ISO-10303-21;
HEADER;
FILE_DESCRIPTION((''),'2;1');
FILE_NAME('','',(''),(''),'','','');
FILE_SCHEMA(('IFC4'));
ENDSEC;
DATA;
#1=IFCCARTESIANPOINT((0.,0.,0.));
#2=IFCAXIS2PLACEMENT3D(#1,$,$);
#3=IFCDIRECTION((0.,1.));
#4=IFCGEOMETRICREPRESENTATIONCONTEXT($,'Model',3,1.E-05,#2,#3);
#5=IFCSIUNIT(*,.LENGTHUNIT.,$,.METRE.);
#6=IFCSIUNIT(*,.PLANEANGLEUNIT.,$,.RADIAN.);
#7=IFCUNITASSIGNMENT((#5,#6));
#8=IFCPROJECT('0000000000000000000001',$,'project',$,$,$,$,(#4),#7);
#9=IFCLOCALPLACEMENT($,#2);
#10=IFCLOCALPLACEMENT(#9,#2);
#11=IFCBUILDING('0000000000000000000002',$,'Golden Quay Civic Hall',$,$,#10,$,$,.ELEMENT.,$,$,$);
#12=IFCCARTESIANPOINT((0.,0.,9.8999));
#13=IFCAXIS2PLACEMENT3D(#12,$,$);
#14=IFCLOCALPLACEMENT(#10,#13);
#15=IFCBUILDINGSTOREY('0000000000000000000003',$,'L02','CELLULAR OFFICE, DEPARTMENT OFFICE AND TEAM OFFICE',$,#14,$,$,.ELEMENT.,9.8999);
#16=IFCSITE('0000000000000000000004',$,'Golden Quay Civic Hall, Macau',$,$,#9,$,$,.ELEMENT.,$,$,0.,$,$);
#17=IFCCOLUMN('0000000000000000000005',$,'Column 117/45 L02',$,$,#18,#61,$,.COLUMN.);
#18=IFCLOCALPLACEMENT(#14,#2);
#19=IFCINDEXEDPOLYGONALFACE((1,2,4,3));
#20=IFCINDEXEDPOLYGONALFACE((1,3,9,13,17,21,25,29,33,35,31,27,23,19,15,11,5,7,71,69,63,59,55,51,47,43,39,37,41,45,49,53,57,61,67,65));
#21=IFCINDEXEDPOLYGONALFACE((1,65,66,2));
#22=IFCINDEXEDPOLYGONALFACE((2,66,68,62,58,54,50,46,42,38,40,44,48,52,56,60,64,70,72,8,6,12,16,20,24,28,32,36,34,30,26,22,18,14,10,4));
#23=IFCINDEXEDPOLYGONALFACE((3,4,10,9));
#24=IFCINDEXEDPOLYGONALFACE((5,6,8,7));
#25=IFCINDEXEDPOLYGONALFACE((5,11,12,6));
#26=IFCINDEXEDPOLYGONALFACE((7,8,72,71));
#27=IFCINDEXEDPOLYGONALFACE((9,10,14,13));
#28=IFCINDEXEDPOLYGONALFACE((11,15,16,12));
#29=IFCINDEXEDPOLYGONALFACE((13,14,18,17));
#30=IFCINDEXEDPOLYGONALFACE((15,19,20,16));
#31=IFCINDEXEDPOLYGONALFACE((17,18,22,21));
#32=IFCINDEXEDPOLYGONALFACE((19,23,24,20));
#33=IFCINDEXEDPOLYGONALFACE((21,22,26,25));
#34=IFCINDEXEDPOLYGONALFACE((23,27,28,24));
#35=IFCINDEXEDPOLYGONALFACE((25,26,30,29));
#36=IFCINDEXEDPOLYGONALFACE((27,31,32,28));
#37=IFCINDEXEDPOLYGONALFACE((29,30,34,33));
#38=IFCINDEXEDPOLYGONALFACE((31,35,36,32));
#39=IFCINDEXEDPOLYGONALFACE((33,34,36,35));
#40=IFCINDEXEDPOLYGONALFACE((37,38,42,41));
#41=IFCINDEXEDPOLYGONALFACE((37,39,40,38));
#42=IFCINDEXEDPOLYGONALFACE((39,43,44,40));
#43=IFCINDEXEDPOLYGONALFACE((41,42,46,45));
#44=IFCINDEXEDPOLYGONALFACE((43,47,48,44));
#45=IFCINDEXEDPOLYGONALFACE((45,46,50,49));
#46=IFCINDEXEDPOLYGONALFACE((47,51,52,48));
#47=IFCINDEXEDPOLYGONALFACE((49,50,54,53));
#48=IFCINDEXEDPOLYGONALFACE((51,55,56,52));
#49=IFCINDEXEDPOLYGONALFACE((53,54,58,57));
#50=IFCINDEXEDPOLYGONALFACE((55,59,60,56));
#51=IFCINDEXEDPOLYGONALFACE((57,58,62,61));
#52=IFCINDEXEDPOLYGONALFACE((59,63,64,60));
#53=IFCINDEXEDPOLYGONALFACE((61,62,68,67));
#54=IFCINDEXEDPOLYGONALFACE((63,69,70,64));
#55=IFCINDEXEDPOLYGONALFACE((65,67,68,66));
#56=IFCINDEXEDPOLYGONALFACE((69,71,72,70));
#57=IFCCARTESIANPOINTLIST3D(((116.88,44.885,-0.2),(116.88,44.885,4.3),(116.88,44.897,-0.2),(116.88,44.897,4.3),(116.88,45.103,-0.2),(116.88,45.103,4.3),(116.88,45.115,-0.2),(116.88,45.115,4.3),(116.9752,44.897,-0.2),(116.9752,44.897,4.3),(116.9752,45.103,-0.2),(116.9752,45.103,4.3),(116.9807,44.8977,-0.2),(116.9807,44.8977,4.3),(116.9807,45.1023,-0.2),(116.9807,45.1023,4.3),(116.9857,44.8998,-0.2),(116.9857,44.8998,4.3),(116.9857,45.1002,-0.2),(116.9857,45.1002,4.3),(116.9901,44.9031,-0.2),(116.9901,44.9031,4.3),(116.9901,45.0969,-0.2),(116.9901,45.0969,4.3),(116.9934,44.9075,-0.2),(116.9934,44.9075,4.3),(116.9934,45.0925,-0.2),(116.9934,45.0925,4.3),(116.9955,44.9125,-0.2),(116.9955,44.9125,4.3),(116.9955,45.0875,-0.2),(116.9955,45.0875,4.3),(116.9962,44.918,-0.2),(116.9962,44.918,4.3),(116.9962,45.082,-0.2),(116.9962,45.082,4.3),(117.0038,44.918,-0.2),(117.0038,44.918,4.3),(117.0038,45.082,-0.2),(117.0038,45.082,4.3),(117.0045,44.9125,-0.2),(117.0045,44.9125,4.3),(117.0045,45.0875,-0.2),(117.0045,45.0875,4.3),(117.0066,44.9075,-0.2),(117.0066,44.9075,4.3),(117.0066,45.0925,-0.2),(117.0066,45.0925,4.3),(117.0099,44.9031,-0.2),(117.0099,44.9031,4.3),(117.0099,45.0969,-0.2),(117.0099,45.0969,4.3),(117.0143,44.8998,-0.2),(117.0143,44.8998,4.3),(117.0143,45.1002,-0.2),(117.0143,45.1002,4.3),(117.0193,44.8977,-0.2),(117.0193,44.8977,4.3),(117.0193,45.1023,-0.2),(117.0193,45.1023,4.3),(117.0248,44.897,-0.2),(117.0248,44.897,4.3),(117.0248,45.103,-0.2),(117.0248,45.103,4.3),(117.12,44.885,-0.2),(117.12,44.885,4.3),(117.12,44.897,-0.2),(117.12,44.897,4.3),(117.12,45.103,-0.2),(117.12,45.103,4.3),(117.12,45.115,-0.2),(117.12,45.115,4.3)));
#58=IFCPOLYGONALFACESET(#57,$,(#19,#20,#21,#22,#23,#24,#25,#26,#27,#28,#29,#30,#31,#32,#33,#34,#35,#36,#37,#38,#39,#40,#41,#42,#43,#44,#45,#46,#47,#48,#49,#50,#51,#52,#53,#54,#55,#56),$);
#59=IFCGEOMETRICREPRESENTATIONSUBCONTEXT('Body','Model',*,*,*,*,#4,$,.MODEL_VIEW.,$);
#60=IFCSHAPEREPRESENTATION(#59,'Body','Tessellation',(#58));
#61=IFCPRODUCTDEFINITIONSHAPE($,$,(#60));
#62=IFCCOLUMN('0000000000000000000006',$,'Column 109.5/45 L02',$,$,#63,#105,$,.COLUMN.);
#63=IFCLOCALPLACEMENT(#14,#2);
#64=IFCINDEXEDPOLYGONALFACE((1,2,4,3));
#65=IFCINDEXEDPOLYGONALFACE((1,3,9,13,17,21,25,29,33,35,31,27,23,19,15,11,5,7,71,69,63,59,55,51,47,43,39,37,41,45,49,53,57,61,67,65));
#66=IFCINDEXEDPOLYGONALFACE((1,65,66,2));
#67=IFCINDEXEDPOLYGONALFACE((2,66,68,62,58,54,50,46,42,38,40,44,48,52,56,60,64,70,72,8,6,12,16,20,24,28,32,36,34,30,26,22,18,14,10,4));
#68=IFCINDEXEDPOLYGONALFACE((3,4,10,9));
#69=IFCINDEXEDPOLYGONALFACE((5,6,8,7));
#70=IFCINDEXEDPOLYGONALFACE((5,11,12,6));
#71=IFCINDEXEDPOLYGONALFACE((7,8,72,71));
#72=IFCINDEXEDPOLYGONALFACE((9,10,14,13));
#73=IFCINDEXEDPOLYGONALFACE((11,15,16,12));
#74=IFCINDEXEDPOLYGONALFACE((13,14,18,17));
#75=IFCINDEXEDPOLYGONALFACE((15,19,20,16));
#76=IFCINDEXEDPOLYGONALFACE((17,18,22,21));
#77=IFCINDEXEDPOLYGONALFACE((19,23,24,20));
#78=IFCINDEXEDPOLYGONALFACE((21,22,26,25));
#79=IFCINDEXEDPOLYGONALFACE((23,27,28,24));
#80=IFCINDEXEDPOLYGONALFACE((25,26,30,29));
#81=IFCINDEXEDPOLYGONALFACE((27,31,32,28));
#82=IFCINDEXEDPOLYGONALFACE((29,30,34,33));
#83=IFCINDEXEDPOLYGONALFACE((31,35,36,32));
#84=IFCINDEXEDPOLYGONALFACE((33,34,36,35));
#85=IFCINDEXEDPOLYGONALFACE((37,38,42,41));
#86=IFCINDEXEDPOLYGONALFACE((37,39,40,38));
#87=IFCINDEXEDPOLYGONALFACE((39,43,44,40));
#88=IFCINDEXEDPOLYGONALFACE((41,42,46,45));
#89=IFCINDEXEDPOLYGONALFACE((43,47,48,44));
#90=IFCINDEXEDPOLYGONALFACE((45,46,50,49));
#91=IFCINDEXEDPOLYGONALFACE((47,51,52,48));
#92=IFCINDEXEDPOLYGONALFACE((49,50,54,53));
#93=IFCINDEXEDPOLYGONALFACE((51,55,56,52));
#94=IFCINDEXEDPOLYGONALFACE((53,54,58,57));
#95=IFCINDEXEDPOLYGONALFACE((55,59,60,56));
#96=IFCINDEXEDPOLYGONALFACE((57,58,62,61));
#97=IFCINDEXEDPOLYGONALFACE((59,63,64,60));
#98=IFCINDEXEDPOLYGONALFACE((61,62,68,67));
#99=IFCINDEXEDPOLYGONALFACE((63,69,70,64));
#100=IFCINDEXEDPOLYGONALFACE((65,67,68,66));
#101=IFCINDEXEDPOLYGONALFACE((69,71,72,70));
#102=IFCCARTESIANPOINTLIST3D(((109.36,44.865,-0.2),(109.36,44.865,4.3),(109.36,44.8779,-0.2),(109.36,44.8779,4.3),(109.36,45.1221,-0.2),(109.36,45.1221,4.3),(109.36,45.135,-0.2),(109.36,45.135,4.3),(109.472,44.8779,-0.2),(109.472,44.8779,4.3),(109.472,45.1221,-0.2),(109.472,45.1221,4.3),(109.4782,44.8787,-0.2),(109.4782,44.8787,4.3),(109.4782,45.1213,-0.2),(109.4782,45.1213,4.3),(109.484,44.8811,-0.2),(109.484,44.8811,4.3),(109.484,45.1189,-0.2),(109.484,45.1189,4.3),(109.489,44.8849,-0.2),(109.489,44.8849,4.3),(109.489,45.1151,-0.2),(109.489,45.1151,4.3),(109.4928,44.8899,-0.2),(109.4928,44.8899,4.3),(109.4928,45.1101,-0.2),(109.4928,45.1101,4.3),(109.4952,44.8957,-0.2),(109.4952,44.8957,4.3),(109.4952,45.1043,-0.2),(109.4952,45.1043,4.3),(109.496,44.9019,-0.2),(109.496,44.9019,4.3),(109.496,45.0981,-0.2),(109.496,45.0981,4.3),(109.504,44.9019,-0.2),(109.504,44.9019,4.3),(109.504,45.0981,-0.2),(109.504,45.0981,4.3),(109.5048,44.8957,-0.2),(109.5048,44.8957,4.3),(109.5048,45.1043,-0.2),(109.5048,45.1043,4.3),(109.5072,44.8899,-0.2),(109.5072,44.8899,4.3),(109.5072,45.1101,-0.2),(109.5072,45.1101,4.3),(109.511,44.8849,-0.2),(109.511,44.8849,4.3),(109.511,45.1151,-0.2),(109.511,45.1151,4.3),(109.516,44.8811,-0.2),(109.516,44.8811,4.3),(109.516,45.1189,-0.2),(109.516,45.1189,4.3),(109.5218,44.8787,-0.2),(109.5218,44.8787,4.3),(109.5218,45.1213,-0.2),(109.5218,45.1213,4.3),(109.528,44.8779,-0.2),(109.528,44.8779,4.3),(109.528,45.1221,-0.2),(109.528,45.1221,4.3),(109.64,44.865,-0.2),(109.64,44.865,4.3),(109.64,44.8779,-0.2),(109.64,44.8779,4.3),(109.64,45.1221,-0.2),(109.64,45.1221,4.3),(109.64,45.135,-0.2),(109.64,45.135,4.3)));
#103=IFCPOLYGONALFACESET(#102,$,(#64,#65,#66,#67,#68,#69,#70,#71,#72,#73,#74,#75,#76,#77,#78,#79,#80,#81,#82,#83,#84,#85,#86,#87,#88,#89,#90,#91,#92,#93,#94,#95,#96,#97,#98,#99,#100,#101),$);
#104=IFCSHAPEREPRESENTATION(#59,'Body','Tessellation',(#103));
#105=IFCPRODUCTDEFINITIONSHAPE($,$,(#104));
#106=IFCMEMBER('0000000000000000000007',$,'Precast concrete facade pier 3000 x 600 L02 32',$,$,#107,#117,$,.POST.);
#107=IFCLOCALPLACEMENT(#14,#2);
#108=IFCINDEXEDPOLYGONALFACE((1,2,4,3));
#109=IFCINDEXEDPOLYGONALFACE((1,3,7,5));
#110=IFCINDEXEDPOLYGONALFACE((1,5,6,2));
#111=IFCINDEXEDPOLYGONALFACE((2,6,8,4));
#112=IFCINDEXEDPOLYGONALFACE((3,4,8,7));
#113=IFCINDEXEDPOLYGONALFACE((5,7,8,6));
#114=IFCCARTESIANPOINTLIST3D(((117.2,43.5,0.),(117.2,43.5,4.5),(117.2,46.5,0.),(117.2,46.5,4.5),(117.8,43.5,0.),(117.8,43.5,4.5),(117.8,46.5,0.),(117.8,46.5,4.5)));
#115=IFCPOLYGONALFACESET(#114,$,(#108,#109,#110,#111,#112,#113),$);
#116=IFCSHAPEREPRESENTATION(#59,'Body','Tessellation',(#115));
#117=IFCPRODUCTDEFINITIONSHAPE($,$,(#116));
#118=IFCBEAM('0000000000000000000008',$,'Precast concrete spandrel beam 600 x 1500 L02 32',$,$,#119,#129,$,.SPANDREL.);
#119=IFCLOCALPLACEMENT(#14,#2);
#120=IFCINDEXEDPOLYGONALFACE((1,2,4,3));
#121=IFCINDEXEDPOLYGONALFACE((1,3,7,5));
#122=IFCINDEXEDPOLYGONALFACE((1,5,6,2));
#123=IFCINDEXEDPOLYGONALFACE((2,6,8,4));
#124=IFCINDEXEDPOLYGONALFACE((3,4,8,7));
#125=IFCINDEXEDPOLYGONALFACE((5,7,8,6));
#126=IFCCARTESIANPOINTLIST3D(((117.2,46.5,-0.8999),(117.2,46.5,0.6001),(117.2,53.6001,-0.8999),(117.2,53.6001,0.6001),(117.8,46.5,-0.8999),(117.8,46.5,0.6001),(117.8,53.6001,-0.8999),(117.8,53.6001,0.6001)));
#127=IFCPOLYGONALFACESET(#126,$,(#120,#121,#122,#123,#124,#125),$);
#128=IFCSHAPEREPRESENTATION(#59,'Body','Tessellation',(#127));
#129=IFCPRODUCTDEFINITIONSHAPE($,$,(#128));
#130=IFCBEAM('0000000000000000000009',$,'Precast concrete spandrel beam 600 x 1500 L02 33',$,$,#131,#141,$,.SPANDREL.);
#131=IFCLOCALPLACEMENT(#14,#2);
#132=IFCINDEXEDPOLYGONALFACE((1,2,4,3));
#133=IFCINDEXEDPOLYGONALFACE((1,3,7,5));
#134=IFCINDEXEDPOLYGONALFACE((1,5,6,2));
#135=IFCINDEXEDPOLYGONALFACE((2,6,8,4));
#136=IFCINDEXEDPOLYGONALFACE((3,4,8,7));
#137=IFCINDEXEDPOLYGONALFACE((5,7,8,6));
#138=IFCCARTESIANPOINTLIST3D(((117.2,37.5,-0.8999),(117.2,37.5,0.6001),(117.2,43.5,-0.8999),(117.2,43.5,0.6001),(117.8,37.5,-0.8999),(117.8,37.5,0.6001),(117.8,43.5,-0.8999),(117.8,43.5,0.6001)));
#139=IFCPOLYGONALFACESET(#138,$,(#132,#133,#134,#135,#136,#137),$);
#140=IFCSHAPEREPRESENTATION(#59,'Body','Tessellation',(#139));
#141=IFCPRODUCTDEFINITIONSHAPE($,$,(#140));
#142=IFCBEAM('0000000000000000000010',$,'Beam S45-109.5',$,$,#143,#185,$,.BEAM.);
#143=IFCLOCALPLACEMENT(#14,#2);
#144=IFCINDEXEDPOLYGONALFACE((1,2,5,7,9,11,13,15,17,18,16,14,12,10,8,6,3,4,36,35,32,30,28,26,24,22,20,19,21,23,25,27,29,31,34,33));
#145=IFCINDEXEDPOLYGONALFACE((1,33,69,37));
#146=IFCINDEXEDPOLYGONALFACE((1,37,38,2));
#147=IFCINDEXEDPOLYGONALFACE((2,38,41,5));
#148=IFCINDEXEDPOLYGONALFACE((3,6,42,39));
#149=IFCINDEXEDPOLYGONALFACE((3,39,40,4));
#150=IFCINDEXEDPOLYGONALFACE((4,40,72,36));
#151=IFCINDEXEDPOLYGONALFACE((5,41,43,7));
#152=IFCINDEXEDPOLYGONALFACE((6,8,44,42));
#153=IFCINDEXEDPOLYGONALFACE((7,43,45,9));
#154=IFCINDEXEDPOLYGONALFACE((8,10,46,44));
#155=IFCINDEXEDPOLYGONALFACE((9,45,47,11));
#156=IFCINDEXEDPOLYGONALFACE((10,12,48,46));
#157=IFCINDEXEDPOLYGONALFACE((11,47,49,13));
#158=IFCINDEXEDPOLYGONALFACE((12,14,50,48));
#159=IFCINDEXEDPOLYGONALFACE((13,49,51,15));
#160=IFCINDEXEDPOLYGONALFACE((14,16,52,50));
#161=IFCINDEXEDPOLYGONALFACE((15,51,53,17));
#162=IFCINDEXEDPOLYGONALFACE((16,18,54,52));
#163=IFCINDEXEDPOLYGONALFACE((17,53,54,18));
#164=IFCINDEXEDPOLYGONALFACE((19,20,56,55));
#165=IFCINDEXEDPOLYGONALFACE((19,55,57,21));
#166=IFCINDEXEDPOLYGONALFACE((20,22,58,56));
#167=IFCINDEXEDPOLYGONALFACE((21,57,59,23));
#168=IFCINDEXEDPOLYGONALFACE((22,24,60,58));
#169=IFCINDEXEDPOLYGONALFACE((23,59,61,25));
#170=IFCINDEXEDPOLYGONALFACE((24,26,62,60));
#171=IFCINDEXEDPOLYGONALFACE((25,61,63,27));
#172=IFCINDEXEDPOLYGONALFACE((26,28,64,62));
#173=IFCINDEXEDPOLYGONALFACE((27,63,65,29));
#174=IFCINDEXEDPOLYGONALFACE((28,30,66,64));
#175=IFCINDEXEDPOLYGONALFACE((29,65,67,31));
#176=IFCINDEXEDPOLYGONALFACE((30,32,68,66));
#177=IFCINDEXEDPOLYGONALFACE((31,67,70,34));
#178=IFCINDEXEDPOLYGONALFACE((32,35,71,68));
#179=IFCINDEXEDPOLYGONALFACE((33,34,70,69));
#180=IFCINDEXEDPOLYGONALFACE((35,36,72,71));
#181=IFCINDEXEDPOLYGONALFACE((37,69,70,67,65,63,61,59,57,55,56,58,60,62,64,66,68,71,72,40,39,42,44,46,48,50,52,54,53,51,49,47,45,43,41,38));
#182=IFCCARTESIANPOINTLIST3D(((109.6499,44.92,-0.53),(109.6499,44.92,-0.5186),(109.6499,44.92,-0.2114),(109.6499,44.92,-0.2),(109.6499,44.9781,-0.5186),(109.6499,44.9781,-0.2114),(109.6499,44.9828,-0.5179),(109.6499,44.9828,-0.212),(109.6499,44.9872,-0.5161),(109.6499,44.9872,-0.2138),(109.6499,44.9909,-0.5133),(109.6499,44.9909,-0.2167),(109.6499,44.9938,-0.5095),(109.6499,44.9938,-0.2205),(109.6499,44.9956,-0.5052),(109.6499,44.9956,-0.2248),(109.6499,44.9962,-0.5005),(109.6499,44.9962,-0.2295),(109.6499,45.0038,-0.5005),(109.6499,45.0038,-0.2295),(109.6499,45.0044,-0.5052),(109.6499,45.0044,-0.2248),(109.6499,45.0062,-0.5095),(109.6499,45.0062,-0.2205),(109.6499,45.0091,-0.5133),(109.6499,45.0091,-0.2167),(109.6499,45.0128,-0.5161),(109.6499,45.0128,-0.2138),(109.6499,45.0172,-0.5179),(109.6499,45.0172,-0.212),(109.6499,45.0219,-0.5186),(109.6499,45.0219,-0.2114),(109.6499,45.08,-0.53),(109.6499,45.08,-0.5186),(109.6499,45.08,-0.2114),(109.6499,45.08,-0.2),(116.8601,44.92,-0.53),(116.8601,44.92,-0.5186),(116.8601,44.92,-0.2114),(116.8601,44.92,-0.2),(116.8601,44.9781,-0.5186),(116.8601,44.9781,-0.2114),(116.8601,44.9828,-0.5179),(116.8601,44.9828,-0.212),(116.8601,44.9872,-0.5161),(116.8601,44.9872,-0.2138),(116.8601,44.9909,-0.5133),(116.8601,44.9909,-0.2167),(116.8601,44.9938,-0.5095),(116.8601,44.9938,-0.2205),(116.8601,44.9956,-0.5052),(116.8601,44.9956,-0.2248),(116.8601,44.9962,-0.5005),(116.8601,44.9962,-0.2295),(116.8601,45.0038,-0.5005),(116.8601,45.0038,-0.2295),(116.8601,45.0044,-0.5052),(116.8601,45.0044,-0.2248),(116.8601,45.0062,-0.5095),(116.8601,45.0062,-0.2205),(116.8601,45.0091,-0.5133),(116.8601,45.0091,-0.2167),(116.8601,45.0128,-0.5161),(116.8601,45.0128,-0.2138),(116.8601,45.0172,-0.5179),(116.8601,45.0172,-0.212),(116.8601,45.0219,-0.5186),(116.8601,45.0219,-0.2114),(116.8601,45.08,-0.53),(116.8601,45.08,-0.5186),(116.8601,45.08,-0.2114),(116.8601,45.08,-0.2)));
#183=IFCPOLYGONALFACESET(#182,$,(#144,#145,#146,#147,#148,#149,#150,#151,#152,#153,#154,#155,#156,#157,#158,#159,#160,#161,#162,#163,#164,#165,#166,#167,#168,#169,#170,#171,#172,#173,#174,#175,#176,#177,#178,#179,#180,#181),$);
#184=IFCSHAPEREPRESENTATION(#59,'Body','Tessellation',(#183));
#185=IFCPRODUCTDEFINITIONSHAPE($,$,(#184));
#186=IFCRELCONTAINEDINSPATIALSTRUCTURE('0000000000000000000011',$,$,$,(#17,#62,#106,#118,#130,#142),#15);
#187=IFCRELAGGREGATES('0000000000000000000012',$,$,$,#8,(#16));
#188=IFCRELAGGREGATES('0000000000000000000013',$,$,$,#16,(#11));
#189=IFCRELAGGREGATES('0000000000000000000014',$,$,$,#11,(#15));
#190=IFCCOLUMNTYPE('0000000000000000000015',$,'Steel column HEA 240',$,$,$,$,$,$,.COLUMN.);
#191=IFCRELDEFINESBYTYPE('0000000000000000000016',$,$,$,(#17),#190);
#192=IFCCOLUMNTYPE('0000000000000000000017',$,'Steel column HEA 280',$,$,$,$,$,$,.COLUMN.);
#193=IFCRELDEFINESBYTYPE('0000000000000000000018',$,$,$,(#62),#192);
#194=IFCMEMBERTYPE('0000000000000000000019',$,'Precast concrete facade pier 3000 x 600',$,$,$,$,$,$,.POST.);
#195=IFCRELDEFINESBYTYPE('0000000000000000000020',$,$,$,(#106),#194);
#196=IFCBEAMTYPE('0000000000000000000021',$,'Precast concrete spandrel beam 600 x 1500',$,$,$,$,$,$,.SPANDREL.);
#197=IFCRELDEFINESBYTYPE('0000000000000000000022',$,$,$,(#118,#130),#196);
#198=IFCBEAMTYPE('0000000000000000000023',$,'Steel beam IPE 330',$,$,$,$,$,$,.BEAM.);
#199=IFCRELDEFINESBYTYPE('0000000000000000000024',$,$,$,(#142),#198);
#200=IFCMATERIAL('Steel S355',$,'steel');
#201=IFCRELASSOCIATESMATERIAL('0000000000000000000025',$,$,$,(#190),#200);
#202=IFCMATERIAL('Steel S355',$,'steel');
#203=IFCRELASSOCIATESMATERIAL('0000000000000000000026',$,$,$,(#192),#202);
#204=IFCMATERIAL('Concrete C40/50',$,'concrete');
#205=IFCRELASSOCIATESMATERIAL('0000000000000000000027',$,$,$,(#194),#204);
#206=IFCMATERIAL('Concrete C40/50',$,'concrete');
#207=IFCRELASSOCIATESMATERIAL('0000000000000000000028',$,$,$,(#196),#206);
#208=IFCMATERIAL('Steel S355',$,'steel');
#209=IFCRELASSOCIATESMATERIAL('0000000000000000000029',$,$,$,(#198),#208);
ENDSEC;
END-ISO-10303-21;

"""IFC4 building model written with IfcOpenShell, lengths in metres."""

from ifc_helpers import new_model, si_unit, direction, frame, origin, origin_2d, place, context, subcontext, project, spatial, rectangle, i_section, extrude, material, material_profile, profile_set, type_object, element, save


model = new_model("IFC4")

# Units and contexts
model_context = context("Model", 3, precision=1e-05, world=origin(), true_north=direction((0.0, 1.0)))
body_context = subcontext(model_context, "Body", "Model", "MODEL_VIEW")
ifc_project = project(units=[si_unit("LENGTHUNIT", "METRE"), si_unit("PLANEANGLEUNIT", "RADIAN")], contexts=[model_context])

# Site, building, storey
site_placement = place(None, origin())
site = spatial("IfcSite", under=ifc_project, at=site_placement, Name="Golden Quay Civic Hall, Macau", CompositionType="ELEMENT", RefElevation=0.0)
building_placement = place(site_placement, origin())
building = spatial("IfcBuilding", under=site, at=building_placement, Name="Golden Quay Civic Hall", CompositionType="ELEMENT")
storey_placement = place(building_placement, frame((0.0, 0.0, 9.8999)))
storey = spatial("IfcBuildingStorey", under=building, at=storey_placement, Name="L02", Description="CELLULAR OFFICE, DEPARTMENT OFFICE AND TEAM OFFICE", CompositionType="ELEMENT", Elevation=9.8999)

# Columns
ifc_material_1 = material(Name="Steel S355", Category="steel")
ifc_material_profile_1 = material_profile(ifc_material_1, i_section(OverallWidth=0.24, OverallDepth=0.23, WebThickness=0.0076, FlangeThickness=0.012, FilletRadius=0.021, at=origin_2d()), Name="HEA 240")
ifc_profile_set_1 = profile_set([ifc_material_profile_1], Name="Steel S355")
column_type_1 = type_object("IfcColumnType", Name="Steel column HEA 240", PredefinedType="COLUMN", material=ifc_profile_set_1)
column_1_placement = place(storey_placement, frame((117.0, 45.0, -0.2), z_axis=(0.0, 0.0, 1.0), x_axis=(1.0, 0.0, 0.0)))
element("IfcColumn", 1, at=column_1_placement, inside=storey, type_object=column_type_1, Name="Column 117/45 L02", PredefinedType="COLUMN", context=body_context, shape_type="SweptSolid", body=[
    extrude(i_section(OverallWidth=0.24, OverallDepth=0.23, WebThickness=0.0076, FlangeThickness=0.012, FilletRadius=0.021, at=origin_2d()), origin(), (0.0, 0.0, 1.0), 4.5),
])
ifc_material_2 = material(Name="Steel S355", Category="steel")
ifc_material_profile_2 = material_profile(ifc_material_2, i_section(OverallWidth=0.28, OverallDepth=0.27, WebThickness=0.0081, FlangeThickness=0.0129, FilletRadius=0.0239, at=origin_2d()), Name="HEA 280")
ifc_profile_set_2 = profile_set([ifc_material_profile_2], Name="Steel S355")
column_type_2 = type_object("IfcColumnType", Name="Steel column HEA 280", PredefinedType="COLUMN", material=ifc_profile_set_2)
column_2_placement = place(storey_placement, frame((109.5, 45.0, -0.2), z_axis=(0.0, 0.0, 1.0), x_axis=(1.0, 0.0, 0.0)))
element("IfcColumn", 2, at=column_2_placement, inside=storey, type_object=column_type_2, Name="Column 109.5/45 L02", PredefinedType="COLUMN", context=body_context, shape_type="SweptSolid", body=[
    extrude(i_section(OverallWidth=0.28, OverallDepth=0.27, WebThickness=0.0081, FlangeThickness=0.0129, FilletRadius=0.0239, at=origin_2d()), origin(), (0.0, 0.0, 1.0), 4.5),
])

# Member
ifc_material_3 = material(Name="Concrete C40/50", Category="concrete")
ifc_material_profile_3 = material_profile(ifc_material_3, rectangle(XDim=3.0, YDim=0.6001, at=origin_2d()), Name="RC 3000x600")
ifc_profile_set_3 = profile_set([ifc_material_profile_3], Name="Concrete C40/50")
member_type = type_object("IfcMemberType", Name="Precast concrete facade pier 3000 x 600", PredefinedType="POST", material=ifc_profile_set_3)
member_placement = place(storey_placement, frame((117.5, 45.0, 0.0), z_axis=(0.0, 0.0, 1.0), x_axis=(0.0, 1.0, 0.0)))
element("IfcMember", 3, at=member_placement, inside=storey, type_object=member_type, Name="Precast concrete facade pier 3000 x 600 L02 32", PredefinedType="POST", context=body_context, shape_type="SweptSolid", body=[
    extrude(rectangle(XDim=3.0, YDim=0.6001, at=origin_2d()), origin(), (0.0, 0.0, 1.0), 4.5),
])

# Beams
ifc_material_4 = material(Name="Concrete C40/50", Category="concrete")
ifc_material_profile_4 = material_profile(ifc_material_4, rectangle(XDim=0.6001, YDim=1.5, at=origin_2d()), Name="RC 600x1500")
ifc_profile_set_4 = profile_set([ifc_material_profile_4], Name="Concrete C40/50")
beam_type_1 = type_object("IfcBeamType", Name="Precast concrete spandrel beam 600 x 1500", PredefinedType="SPANDREL", material=ifc_profile_set_4)
beam_1_placement = place(storey_placement, frame((117.5, 46.5, -0.1499), z_axis=(0.0, 1.0, 0.0), x_axis=(-1.0, 0.0, 0.0)))
element("IfcBeam", 4, at=beam_1_placement, inside=storey, type_object=beam_type_1, Name="Precast concrete spandrel beam 600 x 1500 L02 32", PredefinedType="SPANDREL", context=body_context, shape_type="SweptSolid", body=[
    extrude(rectangle(XDim=0.6001, YDim=1.5, at=origin_2d()), origin(), (0.0, 0.0, 1.0), 7.1001),
])
beam_2_placement = place(storey_placement, frame((117.5, 37.5, -0.1499), z_axis=(0.0, 1.0, 0.0), x_axis=(-1.0, 0.0, 0.0)))
element("IfcBeam", 5, at=beam_2_placement, inside=storey, type_object=beam_type_1, Name="Precast concrete spandrel beam 600 x 1500 L02 33", PredefinedType="SPANDREL", context=body_context, shape_type="SweptSolid", body=[
    extrude(rectangle(XDim=0.6001, YDim=1.5, at=origin_2d()), origin(), (0.0, 0.0, 1.0), 6.0),
])
ifc_material_5 = material(Name="Steel S355", Category="steel")
ifc_material_profile_5 = material_profile(ifc_material_5, i_section(OverallWidth=0.1599, OverallDepth=0.3301, WebThickness=0.0076, FlangeThickness=0.0115, FilletRadius=0.0181, at=origin_2d()), Name="IPE 330")
ifc_profile_set_5 = profile_set([ifc_material_profile_5], Name="Steel S355")
beam_type_2 = type_object("IfcBeamType", Name="Steel beam IPE 330", PredefinedType="BEAM", material=ifc_profile_set_5)
beam_3_placement = place(storey_placement, frame((109.6499, 45.0, -0.365), z_axis=(1.0, 0.0, 0.0), x_axis=(0.0, 1.0, 0.0)))
element("IfcBeam", 6, at=beam_3_placement, inside=storey, type_object=beam_type_2, Name="Beam S45-109.5", PredefinedType="BEAM", context=body_context, shape_type="SweptSolid", body=[
    extrude(i_section(OverallWidth=0.1599, OverallDepth=0.3301, WebThickness=0.0076, FlangeThickness=0.0115, FilletRadius=0.0181, at=origin_2d()), origin(), (0.0, 0.0, 1.0), 7.2102),
])

save(model, "model.ifc")
